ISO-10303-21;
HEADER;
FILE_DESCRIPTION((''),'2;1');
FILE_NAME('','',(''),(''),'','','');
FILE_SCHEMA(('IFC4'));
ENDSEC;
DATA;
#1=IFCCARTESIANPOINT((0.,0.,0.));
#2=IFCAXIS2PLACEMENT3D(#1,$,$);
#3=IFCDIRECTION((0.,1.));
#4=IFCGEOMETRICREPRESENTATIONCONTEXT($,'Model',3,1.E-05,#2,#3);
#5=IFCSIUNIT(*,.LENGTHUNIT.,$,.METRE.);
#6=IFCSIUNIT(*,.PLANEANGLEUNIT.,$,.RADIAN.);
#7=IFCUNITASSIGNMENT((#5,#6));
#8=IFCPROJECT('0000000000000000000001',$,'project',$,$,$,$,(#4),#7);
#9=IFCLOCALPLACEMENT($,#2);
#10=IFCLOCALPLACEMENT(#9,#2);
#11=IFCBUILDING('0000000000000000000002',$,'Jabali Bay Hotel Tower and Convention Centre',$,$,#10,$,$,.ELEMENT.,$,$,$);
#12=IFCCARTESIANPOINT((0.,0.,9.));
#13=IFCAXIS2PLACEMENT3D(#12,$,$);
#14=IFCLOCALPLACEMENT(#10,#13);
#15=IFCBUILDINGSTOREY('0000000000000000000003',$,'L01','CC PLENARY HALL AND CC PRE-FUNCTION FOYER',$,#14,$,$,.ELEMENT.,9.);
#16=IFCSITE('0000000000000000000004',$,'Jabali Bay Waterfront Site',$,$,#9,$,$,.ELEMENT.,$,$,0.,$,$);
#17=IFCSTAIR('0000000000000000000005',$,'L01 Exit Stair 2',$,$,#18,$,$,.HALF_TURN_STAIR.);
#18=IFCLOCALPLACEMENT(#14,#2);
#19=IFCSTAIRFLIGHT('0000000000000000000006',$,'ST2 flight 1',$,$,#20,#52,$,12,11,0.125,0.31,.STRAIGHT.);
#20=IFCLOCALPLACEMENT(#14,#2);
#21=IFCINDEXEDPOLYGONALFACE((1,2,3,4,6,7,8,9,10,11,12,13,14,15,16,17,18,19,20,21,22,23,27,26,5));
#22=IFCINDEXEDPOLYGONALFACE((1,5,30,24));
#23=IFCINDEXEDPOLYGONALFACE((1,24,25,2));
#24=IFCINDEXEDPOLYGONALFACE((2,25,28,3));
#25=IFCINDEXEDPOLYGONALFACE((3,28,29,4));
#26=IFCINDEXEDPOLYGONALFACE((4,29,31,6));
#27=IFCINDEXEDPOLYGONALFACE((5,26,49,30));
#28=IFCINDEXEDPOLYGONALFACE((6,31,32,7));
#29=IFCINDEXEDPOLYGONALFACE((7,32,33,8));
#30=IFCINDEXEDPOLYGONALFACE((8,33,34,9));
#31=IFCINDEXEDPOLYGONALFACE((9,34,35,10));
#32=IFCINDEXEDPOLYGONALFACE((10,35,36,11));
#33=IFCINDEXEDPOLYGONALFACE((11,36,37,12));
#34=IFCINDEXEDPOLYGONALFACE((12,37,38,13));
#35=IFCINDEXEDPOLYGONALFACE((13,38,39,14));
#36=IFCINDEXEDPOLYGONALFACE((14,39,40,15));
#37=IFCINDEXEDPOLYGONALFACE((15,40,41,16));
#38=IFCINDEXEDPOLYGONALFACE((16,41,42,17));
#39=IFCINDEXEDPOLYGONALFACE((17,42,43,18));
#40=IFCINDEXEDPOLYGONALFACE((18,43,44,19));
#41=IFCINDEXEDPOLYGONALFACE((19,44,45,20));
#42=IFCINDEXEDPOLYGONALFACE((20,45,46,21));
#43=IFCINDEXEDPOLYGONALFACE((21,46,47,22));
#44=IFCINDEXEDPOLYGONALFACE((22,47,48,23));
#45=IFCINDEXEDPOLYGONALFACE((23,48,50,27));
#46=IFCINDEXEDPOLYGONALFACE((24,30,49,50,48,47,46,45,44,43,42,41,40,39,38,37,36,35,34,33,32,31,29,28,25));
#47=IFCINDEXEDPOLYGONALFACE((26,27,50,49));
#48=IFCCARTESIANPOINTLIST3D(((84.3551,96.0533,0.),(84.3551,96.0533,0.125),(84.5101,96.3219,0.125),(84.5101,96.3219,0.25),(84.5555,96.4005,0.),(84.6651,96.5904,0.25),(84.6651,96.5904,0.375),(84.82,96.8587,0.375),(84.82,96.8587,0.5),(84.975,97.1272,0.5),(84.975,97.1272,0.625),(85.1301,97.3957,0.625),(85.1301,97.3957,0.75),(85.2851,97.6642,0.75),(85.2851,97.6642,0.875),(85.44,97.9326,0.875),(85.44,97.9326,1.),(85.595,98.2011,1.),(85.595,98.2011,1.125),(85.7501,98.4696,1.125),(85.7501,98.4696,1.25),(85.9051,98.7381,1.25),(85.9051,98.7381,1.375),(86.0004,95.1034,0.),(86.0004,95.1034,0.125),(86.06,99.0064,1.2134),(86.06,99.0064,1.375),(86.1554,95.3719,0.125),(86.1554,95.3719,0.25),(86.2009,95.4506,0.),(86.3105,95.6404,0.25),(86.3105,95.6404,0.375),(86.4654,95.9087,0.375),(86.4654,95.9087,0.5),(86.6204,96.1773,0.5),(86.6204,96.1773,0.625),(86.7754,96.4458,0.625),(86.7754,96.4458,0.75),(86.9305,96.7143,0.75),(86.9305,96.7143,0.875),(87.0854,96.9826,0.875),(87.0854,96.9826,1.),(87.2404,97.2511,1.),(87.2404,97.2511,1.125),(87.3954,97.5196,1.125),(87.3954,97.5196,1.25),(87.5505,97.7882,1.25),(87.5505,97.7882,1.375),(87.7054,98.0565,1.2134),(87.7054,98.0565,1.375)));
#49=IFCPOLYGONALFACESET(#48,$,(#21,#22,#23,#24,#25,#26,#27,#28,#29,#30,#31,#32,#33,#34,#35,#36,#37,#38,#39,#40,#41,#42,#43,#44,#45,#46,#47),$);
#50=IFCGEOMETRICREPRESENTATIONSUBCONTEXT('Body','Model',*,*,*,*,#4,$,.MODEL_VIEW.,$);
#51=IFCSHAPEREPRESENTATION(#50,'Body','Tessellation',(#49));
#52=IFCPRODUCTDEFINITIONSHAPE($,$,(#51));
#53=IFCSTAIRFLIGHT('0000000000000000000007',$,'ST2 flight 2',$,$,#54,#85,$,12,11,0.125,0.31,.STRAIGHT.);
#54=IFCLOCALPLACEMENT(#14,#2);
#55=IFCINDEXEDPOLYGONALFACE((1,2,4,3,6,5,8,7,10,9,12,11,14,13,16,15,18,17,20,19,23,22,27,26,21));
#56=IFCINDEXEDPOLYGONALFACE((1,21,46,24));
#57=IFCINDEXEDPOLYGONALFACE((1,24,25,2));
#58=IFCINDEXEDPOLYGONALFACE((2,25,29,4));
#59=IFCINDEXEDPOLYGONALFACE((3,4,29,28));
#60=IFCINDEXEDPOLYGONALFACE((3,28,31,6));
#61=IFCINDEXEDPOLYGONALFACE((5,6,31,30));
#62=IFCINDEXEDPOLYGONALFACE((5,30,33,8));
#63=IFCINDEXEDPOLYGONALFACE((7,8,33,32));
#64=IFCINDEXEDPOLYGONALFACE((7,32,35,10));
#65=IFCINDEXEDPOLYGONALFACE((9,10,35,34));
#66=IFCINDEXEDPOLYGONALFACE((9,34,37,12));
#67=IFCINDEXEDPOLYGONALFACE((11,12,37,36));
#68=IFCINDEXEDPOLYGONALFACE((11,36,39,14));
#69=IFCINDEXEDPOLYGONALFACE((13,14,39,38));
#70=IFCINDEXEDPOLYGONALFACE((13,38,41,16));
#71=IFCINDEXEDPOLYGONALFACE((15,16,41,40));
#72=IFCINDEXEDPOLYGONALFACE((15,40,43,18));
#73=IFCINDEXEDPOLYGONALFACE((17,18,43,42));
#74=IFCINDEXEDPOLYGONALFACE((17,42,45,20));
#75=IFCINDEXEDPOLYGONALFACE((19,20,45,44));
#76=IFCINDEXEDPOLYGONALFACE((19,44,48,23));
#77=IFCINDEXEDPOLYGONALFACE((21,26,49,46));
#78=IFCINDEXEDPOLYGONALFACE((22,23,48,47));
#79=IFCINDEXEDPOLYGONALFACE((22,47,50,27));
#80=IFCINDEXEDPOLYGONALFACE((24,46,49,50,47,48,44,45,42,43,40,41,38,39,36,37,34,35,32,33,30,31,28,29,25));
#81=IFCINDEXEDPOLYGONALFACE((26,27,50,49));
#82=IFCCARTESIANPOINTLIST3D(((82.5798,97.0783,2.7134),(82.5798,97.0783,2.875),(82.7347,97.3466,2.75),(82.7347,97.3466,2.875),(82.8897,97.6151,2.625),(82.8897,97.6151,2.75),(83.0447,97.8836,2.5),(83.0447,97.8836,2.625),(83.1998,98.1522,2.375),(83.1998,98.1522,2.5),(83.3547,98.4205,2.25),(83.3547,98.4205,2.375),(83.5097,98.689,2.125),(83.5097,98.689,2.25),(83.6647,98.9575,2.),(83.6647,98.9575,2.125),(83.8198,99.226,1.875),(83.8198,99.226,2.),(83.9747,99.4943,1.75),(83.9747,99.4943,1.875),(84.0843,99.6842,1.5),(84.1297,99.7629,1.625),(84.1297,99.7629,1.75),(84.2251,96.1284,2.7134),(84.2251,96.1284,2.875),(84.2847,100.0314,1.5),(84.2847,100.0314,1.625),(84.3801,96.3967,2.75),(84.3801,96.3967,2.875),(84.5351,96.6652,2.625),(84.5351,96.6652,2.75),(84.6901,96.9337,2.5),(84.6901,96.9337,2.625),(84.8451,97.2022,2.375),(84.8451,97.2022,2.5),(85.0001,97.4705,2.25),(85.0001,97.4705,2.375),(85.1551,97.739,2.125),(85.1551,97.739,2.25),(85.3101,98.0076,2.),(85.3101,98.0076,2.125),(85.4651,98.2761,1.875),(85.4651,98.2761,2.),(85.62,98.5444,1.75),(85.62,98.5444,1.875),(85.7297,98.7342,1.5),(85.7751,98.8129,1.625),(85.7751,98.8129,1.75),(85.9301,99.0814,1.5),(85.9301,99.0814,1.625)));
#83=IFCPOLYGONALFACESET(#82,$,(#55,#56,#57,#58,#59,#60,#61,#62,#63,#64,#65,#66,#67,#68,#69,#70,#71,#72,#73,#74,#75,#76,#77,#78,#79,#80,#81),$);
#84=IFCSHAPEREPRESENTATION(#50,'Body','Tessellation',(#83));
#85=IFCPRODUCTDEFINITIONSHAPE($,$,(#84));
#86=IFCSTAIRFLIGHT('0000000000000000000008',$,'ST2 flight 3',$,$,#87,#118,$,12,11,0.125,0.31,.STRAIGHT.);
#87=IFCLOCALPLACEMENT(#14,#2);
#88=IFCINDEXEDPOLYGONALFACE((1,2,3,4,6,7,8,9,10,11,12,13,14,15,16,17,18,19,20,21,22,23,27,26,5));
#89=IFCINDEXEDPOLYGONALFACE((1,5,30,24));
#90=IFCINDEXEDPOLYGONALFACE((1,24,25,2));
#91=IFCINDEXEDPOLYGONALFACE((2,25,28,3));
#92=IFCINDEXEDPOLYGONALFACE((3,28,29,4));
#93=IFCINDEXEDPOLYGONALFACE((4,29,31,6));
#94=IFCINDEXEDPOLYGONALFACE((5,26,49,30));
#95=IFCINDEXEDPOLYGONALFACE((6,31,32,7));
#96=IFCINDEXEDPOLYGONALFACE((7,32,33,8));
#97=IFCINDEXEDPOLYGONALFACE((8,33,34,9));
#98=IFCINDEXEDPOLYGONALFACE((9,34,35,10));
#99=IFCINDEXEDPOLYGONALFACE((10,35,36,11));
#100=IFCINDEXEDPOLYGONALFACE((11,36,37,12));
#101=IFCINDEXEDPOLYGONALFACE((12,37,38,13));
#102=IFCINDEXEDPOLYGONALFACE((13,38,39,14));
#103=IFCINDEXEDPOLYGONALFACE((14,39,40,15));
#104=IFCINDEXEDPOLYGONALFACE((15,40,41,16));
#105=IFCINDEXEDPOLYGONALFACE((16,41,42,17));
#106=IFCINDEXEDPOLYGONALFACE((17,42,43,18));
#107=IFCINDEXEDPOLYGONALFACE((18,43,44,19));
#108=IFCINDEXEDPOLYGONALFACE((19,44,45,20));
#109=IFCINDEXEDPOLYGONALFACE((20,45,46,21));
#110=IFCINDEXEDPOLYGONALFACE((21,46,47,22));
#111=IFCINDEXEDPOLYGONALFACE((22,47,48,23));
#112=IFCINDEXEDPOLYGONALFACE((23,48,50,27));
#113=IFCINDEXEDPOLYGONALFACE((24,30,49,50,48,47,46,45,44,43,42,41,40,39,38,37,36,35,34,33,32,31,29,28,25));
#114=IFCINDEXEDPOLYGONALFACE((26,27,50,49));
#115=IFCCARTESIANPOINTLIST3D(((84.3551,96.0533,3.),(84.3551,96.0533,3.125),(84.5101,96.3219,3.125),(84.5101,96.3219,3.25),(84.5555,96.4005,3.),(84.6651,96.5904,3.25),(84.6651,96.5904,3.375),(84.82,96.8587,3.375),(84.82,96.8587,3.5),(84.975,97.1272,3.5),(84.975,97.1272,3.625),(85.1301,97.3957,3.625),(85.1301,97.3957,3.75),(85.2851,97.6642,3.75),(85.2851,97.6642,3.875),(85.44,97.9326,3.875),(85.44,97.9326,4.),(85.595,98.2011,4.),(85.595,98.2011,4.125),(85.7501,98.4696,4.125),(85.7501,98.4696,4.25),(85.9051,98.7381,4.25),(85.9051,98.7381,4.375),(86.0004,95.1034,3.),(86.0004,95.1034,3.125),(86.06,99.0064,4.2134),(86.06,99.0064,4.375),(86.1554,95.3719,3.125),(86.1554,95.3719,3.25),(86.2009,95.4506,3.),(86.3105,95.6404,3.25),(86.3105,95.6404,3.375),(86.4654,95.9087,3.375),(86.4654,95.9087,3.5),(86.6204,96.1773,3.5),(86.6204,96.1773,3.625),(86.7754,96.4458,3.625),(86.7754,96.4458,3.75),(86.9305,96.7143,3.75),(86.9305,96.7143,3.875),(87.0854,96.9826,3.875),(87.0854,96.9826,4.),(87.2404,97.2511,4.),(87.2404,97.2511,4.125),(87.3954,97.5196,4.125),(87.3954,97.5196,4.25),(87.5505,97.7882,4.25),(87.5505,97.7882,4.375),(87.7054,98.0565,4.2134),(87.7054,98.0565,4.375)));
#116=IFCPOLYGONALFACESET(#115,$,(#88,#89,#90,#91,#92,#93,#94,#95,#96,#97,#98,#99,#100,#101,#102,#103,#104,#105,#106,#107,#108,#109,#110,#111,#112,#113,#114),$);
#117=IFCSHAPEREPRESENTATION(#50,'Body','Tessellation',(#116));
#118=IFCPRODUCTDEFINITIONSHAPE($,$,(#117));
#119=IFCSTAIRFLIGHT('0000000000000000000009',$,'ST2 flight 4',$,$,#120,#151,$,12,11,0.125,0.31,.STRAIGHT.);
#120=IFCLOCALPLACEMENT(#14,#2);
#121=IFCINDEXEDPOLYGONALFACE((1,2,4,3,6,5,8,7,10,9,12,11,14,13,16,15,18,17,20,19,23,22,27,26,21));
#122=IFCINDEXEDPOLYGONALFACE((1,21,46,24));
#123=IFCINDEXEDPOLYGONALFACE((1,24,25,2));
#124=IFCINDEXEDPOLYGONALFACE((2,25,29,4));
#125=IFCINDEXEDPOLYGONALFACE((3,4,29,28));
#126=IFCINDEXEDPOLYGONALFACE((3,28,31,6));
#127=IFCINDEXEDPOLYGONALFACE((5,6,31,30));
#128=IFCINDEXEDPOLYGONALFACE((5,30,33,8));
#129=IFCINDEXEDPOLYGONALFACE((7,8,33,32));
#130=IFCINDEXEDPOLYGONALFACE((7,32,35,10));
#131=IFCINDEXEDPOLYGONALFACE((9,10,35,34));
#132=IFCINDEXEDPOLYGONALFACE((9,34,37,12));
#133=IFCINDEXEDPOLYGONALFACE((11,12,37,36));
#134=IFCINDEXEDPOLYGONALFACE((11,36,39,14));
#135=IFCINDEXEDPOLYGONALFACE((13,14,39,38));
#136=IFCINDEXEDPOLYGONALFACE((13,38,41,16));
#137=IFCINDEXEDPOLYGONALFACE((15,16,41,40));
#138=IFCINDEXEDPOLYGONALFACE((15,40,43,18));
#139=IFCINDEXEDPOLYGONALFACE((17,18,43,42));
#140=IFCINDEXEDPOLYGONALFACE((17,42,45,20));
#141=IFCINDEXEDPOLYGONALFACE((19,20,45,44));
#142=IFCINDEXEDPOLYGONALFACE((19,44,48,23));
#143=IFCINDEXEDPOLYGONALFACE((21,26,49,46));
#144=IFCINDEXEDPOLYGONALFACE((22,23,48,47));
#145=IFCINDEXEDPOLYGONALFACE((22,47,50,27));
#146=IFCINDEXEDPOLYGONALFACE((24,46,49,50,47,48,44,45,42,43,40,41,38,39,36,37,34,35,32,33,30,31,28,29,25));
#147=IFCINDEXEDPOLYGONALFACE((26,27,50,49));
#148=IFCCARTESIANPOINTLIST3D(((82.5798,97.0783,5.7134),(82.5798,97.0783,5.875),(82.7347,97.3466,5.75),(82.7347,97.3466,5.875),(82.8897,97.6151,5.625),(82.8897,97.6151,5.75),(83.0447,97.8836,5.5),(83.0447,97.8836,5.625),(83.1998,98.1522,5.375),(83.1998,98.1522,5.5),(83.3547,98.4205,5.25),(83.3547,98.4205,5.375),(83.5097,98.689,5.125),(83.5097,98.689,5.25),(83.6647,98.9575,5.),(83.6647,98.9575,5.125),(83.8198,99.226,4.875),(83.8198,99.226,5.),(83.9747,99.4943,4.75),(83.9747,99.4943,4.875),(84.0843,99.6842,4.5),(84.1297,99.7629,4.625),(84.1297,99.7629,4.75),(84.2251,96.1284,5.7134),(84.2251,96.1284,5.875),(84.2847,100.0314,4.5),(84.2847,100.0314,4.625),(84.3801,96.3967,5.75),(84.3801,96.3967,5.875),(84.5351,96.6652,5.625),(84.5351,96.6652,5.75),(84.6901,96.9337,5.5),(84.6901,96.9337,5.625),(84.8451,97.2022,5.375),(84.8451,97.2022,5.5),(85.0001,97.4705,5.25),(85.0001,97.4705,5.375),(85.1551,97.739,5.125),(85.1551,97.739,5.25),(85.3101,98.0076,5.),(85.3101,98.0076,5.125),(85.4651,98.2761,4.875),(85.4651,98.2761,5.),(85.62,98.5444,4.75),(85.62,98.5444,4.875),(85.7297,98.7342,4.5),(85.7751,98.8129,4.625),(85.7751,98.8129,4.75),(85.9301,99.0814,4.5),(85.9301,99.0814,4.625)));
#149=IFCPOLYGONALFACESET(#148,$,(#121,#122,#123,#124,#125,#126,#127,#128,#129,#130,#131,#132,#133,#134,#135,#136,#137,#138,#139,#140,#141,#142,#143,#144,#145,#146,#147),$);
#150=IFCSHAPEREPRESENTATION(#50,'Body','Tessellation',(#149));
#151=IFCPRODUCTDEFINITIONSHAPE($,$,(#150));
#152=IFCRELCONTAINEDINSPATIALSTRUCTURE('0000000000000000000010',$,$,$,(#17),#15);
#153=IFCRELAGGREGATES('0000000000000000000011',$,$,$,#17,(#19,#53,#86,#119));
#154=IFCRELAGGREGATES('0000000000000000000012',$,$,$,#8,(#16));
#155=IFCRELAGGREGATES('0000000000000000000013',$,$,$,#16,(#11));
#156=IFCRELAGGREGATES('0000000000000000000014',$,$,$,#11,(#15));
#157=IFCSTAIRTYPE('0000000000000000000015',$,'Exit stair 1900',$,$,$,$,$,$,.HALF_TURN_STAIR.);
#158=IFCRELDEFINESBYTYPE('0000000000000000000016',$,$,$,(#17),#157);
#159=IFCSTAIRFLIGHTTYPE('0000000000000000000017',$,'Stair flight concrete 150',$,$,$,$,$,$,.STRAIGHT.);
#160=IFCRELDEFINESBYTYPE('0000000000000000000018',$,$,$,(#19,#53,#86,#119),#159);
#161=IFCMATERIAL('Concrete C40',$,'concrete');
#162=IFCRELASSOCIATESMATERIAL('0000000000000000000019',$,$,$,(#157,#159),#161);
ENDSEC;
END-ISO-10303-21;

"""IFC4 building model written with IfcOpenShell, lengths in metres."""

from ifc_helpers import new_model, si_unit, direction, frame, origin, place, context, subcontext, project, spatial, polyline, outline, extrude, material, type_object, element, aggregate, save


model = new_model("IFC4")

# Units and contexts
model_context = context("Model", 3, precision=1e-05, world=origin(), true_north=direction((0.0, 1.0)))
body_context = subcontext(model_context, "Body", "Model", "MODEL_VIEW")
ifc_project = project(units=[si_unit("LENGTHUNIT", "METRE"), si_unit("PLANEANGLEUNIT", "RADIAN")], contexts=[model_context])

# Site, building, storey
site_placement = place(None, origin())
site = spatial("IfcSite", under=ifc_project, at=site_placement, Name="Jabali Bay Waterfront Site", CompositionType="ELEMENT", RefElevation=0.0)
building_placement = place(site_placement, origin())
building = spatial("IfcBuilding", under=site, at=building_placement, Name="Jabali Bay Hotel Tower and Convention Centre", CompositionType="ELEMENT")
storey_placement = place(building_placement, frame((0.0, 0.0, 9.0)))
storey = spatial("IfcBuildingStorey", under=building, at=storey_placement, Name="L01", Description="CC PLENARY HALL AND CC PRE-FUNCTION FOYER", CompositionType="ELEMENT", Elevation=9.0)

# Shared definitions
ifc_material_1 = material(Name="Concrete C40", Category="concrete")

# Stair, stair flights
stair_type_1 = type_object("IfcStairType", Name="Exit stair 1900", PredefinedType="HALF_TURN_STAIR", material=ifc_material_1)
stair_1_placement = place(storey_placement, origin())
stair_1 = element("IfcStair", 1, at=stair_1_placement, inside=storey, type_object=stair_type_1, Name="L01 Exit Stair 2", PredefinedType="HALF_TURN_STAIR")
stair_flight_type = type_object("IfcStairFlightType", Name="Stair flight concrete 150", PredefinedType="STRAIGHT", material=ifc_material_1)
stair_flight_1_placement = place(storey_placement, frame((85.1777, 95.5784, 0.0), z_axis=(0.0, 0.0, 1.0), x_axis=(0.5, 0.866025, 0.0)))
stair_flight_1 = element("IfcStairFlight", 2, at=stair_flight_1_placement, type_object=stair_flight_type, Name="ST2 flight 1", NumberOfRisers=12, NumberOfTreads=11, PredefinedType="STRAIGHT", RiserHeight=0.125, TreadLength=0.31, context=body_context, shape_type="SweptSolid", body=[
    extrude(outline(polyline([(0.0, 0.0), (0.0, 0.125), (0.3101, 0.125), (0.3101, 0.25), (0.6201, 0.25), (0.6201, 0.375), (0.9299, 0.375), (0.9299, 0.5), (1.24, 0.5), (1.24, 0.625), (1.55, 0.625), (1.55, 0.75), (1.8601, 0.75), (1.8601, 0.875), (2.1699, 0.875), (2.1699, 1.0), (2.48, 1.0), (2.48, 1.125), (2.79, 1.125), (2.79, 1.25), (3.1001, 1.25), (3.1001, 1.375), (3.4099, 1.375), (3.4099, 1.5), (3.4099, 1.2134), (0.4009, 0.0), (0.0, 0.0)])), frame((0.0, 0.95, 0.0), z_axis=(0.0, -1.0, 0.0), x_axis=(1.0, 0.0, 0.0)), (0.0, 0.0, 1.0), 1.8999),
])
stair_flight_2_placement = place(storey_placement, frame((85.1074, 99.5564, 1.5), z_axis=(0.0, 0.0, 1.0), x_axis=(-0.5, -0.866025, 0.0)))
stair_flight_2 = element("IfcStairFlight", 3, at=stair_flight_2_placement, type_object=stair_flight_type, Name="ST2 flight 2", NumberOfRisers=12, NumberOfTreads=11, PredefinedType="STRAIGHT", RiserHeight=0.125, TreadLength=0.31, context=body_context, shape_type="SweptSolid", body=[
    extrude(outline(polyline([(0.0, 0.0), (0.0, 0.125), (0.3101, 0.125), (0.3101, 0.25), (0.6201, 0.25), (0.6201, 0.375), (0.9299, 0.375), (0.9299, 0.5), (1.24, 0.5), (1.24, 0.625), (1.55, 0.625), (1.55, 0.75), (1.8601, 0.75), (1.8601, 0.875), (2.1699, 0.875), (2.1699, 1.0), (2.48, 1.0), (2.48, 1.125), (2.79, 1.125), (2.79, 1.25), (3.1001, 1.25), (3.1001, 1.375), (3.4099, 1.375), (3.4099, 1.5), (3.4099, 1.2134), (0.4009, 0.0), (0.0, 0.0)])), frame((0.0, 0.95, 0.0), z_axis=(0.0, -1.0, 0.0), x_axis=(1.0, 0.0, 0.0)), (0.0, 0.0, 1.0), 1.8999),
])
stair_flight_3_placement = place(storey_placement, frame((85.1777, 95.5784, 3.0), z_axis=(0.0, 0.0, 1.0), x_axis=(0.5, 0.866025, 0.0)))
stair_flight_3 = element("IfcStairFlight", 4, at=stair_flight_3_placement, type_object=stair_flight_type, Name="ST2 flight 3", NumberOfRisers=12, NumberOfTreads=11, PredefinedType="STRAIGHT", RiserHeight=0.125, TreadLength=0.31, context=body_context, shape_type="SweptSolid", body=[
    extrude(outline(polyline([(0.0, 0.0), (0.0, 0.125), (0.3101, 0.125), (0.3101, 0.25), (0.6201, 0.25), (0.6201, 0.375), (0.9299, 0.375), (0.9299, 0.5), (1.24, 0.5), (1.24, 0.625), (1.55, 0.625), (1.55, 0.75), (1.8601, 0.75), (1.8601, 0.875), (2.1699, 0.875), (2.1699, 1.0), (2.48, 1.0), (2.48, 1.125), (2.79, 1.125), (2.79, 1.25), (3.1001, 1.25), (3.1001, 1.375), (3.4099, 1.375), (3.4099, 1.5), (3.4099, 1.2134), (0.4009, 0.0), (0.0, 0.0)])), frame((0.0, 0.95, 0.0), z_axis=(0.0, -1.0, 0.0), x_axis=(1.0, 0.0, 0.0)), (0.0, 0.0, 1.0), 1.8999),
])
stair_flight_4_placement = place(storey_placement, frame((85.1074, 99.5564, 4.5), z_axis=(0.0, 0.0, 1.0), x_axis=(-0.5, -0.866025, 0.0)))
stair_flight_4 = element("IfcStairFlight", 5, at=stair_flight_4_placement, type_object=stair_flight_type, Name="ST2 flight 4", NumberOfRisers=12, NumberOfTreads=11, PredefinedType="STRAIGHT", RiserHeight=0.125, TreadLength=0.31, context=body_context, shape_type="SweptSolid", body=[
    extrude(outline(polyline([(0.0, 0.0), (0.0, 0.125), (0.3101, 0.125), (0.3101, 0.25), (0.6201, 0.25), (0.6201, 0.375), (0.9299, 0.375), (0.9299, 0.5), (1.24, 0.5), (1.24, 0.625), (1.55, 0.625), (1.55, 0.75), (1.8601, 0.75), (1.8601, 0.875), (2.1699, 0.875), (2.1699, 1.0), (2.48, 1.0), (2.48, 1.125), (2.79, 1.125), (2.79, 1.25), (3.1001, 1.25), (3.1001, 1.375), (3.4099, 1.375), (3.4099, 1.5), (3.4099, 1.2134), (0.4009, 0.0), (0.0, 0.0)])), frame((0.0, 0.95, 0.0), z_axis=(0.0, -1.0, 0.0), x_axis=(1.0, 0.0, 0.0)), (0.0, 0.0, 1.0), 1.8999),
])
aggregate(stair_1, [stair_flight_1, stair_flight_2, stair_flight_3, stair_flight_4])

save(model, "model.ifc")
